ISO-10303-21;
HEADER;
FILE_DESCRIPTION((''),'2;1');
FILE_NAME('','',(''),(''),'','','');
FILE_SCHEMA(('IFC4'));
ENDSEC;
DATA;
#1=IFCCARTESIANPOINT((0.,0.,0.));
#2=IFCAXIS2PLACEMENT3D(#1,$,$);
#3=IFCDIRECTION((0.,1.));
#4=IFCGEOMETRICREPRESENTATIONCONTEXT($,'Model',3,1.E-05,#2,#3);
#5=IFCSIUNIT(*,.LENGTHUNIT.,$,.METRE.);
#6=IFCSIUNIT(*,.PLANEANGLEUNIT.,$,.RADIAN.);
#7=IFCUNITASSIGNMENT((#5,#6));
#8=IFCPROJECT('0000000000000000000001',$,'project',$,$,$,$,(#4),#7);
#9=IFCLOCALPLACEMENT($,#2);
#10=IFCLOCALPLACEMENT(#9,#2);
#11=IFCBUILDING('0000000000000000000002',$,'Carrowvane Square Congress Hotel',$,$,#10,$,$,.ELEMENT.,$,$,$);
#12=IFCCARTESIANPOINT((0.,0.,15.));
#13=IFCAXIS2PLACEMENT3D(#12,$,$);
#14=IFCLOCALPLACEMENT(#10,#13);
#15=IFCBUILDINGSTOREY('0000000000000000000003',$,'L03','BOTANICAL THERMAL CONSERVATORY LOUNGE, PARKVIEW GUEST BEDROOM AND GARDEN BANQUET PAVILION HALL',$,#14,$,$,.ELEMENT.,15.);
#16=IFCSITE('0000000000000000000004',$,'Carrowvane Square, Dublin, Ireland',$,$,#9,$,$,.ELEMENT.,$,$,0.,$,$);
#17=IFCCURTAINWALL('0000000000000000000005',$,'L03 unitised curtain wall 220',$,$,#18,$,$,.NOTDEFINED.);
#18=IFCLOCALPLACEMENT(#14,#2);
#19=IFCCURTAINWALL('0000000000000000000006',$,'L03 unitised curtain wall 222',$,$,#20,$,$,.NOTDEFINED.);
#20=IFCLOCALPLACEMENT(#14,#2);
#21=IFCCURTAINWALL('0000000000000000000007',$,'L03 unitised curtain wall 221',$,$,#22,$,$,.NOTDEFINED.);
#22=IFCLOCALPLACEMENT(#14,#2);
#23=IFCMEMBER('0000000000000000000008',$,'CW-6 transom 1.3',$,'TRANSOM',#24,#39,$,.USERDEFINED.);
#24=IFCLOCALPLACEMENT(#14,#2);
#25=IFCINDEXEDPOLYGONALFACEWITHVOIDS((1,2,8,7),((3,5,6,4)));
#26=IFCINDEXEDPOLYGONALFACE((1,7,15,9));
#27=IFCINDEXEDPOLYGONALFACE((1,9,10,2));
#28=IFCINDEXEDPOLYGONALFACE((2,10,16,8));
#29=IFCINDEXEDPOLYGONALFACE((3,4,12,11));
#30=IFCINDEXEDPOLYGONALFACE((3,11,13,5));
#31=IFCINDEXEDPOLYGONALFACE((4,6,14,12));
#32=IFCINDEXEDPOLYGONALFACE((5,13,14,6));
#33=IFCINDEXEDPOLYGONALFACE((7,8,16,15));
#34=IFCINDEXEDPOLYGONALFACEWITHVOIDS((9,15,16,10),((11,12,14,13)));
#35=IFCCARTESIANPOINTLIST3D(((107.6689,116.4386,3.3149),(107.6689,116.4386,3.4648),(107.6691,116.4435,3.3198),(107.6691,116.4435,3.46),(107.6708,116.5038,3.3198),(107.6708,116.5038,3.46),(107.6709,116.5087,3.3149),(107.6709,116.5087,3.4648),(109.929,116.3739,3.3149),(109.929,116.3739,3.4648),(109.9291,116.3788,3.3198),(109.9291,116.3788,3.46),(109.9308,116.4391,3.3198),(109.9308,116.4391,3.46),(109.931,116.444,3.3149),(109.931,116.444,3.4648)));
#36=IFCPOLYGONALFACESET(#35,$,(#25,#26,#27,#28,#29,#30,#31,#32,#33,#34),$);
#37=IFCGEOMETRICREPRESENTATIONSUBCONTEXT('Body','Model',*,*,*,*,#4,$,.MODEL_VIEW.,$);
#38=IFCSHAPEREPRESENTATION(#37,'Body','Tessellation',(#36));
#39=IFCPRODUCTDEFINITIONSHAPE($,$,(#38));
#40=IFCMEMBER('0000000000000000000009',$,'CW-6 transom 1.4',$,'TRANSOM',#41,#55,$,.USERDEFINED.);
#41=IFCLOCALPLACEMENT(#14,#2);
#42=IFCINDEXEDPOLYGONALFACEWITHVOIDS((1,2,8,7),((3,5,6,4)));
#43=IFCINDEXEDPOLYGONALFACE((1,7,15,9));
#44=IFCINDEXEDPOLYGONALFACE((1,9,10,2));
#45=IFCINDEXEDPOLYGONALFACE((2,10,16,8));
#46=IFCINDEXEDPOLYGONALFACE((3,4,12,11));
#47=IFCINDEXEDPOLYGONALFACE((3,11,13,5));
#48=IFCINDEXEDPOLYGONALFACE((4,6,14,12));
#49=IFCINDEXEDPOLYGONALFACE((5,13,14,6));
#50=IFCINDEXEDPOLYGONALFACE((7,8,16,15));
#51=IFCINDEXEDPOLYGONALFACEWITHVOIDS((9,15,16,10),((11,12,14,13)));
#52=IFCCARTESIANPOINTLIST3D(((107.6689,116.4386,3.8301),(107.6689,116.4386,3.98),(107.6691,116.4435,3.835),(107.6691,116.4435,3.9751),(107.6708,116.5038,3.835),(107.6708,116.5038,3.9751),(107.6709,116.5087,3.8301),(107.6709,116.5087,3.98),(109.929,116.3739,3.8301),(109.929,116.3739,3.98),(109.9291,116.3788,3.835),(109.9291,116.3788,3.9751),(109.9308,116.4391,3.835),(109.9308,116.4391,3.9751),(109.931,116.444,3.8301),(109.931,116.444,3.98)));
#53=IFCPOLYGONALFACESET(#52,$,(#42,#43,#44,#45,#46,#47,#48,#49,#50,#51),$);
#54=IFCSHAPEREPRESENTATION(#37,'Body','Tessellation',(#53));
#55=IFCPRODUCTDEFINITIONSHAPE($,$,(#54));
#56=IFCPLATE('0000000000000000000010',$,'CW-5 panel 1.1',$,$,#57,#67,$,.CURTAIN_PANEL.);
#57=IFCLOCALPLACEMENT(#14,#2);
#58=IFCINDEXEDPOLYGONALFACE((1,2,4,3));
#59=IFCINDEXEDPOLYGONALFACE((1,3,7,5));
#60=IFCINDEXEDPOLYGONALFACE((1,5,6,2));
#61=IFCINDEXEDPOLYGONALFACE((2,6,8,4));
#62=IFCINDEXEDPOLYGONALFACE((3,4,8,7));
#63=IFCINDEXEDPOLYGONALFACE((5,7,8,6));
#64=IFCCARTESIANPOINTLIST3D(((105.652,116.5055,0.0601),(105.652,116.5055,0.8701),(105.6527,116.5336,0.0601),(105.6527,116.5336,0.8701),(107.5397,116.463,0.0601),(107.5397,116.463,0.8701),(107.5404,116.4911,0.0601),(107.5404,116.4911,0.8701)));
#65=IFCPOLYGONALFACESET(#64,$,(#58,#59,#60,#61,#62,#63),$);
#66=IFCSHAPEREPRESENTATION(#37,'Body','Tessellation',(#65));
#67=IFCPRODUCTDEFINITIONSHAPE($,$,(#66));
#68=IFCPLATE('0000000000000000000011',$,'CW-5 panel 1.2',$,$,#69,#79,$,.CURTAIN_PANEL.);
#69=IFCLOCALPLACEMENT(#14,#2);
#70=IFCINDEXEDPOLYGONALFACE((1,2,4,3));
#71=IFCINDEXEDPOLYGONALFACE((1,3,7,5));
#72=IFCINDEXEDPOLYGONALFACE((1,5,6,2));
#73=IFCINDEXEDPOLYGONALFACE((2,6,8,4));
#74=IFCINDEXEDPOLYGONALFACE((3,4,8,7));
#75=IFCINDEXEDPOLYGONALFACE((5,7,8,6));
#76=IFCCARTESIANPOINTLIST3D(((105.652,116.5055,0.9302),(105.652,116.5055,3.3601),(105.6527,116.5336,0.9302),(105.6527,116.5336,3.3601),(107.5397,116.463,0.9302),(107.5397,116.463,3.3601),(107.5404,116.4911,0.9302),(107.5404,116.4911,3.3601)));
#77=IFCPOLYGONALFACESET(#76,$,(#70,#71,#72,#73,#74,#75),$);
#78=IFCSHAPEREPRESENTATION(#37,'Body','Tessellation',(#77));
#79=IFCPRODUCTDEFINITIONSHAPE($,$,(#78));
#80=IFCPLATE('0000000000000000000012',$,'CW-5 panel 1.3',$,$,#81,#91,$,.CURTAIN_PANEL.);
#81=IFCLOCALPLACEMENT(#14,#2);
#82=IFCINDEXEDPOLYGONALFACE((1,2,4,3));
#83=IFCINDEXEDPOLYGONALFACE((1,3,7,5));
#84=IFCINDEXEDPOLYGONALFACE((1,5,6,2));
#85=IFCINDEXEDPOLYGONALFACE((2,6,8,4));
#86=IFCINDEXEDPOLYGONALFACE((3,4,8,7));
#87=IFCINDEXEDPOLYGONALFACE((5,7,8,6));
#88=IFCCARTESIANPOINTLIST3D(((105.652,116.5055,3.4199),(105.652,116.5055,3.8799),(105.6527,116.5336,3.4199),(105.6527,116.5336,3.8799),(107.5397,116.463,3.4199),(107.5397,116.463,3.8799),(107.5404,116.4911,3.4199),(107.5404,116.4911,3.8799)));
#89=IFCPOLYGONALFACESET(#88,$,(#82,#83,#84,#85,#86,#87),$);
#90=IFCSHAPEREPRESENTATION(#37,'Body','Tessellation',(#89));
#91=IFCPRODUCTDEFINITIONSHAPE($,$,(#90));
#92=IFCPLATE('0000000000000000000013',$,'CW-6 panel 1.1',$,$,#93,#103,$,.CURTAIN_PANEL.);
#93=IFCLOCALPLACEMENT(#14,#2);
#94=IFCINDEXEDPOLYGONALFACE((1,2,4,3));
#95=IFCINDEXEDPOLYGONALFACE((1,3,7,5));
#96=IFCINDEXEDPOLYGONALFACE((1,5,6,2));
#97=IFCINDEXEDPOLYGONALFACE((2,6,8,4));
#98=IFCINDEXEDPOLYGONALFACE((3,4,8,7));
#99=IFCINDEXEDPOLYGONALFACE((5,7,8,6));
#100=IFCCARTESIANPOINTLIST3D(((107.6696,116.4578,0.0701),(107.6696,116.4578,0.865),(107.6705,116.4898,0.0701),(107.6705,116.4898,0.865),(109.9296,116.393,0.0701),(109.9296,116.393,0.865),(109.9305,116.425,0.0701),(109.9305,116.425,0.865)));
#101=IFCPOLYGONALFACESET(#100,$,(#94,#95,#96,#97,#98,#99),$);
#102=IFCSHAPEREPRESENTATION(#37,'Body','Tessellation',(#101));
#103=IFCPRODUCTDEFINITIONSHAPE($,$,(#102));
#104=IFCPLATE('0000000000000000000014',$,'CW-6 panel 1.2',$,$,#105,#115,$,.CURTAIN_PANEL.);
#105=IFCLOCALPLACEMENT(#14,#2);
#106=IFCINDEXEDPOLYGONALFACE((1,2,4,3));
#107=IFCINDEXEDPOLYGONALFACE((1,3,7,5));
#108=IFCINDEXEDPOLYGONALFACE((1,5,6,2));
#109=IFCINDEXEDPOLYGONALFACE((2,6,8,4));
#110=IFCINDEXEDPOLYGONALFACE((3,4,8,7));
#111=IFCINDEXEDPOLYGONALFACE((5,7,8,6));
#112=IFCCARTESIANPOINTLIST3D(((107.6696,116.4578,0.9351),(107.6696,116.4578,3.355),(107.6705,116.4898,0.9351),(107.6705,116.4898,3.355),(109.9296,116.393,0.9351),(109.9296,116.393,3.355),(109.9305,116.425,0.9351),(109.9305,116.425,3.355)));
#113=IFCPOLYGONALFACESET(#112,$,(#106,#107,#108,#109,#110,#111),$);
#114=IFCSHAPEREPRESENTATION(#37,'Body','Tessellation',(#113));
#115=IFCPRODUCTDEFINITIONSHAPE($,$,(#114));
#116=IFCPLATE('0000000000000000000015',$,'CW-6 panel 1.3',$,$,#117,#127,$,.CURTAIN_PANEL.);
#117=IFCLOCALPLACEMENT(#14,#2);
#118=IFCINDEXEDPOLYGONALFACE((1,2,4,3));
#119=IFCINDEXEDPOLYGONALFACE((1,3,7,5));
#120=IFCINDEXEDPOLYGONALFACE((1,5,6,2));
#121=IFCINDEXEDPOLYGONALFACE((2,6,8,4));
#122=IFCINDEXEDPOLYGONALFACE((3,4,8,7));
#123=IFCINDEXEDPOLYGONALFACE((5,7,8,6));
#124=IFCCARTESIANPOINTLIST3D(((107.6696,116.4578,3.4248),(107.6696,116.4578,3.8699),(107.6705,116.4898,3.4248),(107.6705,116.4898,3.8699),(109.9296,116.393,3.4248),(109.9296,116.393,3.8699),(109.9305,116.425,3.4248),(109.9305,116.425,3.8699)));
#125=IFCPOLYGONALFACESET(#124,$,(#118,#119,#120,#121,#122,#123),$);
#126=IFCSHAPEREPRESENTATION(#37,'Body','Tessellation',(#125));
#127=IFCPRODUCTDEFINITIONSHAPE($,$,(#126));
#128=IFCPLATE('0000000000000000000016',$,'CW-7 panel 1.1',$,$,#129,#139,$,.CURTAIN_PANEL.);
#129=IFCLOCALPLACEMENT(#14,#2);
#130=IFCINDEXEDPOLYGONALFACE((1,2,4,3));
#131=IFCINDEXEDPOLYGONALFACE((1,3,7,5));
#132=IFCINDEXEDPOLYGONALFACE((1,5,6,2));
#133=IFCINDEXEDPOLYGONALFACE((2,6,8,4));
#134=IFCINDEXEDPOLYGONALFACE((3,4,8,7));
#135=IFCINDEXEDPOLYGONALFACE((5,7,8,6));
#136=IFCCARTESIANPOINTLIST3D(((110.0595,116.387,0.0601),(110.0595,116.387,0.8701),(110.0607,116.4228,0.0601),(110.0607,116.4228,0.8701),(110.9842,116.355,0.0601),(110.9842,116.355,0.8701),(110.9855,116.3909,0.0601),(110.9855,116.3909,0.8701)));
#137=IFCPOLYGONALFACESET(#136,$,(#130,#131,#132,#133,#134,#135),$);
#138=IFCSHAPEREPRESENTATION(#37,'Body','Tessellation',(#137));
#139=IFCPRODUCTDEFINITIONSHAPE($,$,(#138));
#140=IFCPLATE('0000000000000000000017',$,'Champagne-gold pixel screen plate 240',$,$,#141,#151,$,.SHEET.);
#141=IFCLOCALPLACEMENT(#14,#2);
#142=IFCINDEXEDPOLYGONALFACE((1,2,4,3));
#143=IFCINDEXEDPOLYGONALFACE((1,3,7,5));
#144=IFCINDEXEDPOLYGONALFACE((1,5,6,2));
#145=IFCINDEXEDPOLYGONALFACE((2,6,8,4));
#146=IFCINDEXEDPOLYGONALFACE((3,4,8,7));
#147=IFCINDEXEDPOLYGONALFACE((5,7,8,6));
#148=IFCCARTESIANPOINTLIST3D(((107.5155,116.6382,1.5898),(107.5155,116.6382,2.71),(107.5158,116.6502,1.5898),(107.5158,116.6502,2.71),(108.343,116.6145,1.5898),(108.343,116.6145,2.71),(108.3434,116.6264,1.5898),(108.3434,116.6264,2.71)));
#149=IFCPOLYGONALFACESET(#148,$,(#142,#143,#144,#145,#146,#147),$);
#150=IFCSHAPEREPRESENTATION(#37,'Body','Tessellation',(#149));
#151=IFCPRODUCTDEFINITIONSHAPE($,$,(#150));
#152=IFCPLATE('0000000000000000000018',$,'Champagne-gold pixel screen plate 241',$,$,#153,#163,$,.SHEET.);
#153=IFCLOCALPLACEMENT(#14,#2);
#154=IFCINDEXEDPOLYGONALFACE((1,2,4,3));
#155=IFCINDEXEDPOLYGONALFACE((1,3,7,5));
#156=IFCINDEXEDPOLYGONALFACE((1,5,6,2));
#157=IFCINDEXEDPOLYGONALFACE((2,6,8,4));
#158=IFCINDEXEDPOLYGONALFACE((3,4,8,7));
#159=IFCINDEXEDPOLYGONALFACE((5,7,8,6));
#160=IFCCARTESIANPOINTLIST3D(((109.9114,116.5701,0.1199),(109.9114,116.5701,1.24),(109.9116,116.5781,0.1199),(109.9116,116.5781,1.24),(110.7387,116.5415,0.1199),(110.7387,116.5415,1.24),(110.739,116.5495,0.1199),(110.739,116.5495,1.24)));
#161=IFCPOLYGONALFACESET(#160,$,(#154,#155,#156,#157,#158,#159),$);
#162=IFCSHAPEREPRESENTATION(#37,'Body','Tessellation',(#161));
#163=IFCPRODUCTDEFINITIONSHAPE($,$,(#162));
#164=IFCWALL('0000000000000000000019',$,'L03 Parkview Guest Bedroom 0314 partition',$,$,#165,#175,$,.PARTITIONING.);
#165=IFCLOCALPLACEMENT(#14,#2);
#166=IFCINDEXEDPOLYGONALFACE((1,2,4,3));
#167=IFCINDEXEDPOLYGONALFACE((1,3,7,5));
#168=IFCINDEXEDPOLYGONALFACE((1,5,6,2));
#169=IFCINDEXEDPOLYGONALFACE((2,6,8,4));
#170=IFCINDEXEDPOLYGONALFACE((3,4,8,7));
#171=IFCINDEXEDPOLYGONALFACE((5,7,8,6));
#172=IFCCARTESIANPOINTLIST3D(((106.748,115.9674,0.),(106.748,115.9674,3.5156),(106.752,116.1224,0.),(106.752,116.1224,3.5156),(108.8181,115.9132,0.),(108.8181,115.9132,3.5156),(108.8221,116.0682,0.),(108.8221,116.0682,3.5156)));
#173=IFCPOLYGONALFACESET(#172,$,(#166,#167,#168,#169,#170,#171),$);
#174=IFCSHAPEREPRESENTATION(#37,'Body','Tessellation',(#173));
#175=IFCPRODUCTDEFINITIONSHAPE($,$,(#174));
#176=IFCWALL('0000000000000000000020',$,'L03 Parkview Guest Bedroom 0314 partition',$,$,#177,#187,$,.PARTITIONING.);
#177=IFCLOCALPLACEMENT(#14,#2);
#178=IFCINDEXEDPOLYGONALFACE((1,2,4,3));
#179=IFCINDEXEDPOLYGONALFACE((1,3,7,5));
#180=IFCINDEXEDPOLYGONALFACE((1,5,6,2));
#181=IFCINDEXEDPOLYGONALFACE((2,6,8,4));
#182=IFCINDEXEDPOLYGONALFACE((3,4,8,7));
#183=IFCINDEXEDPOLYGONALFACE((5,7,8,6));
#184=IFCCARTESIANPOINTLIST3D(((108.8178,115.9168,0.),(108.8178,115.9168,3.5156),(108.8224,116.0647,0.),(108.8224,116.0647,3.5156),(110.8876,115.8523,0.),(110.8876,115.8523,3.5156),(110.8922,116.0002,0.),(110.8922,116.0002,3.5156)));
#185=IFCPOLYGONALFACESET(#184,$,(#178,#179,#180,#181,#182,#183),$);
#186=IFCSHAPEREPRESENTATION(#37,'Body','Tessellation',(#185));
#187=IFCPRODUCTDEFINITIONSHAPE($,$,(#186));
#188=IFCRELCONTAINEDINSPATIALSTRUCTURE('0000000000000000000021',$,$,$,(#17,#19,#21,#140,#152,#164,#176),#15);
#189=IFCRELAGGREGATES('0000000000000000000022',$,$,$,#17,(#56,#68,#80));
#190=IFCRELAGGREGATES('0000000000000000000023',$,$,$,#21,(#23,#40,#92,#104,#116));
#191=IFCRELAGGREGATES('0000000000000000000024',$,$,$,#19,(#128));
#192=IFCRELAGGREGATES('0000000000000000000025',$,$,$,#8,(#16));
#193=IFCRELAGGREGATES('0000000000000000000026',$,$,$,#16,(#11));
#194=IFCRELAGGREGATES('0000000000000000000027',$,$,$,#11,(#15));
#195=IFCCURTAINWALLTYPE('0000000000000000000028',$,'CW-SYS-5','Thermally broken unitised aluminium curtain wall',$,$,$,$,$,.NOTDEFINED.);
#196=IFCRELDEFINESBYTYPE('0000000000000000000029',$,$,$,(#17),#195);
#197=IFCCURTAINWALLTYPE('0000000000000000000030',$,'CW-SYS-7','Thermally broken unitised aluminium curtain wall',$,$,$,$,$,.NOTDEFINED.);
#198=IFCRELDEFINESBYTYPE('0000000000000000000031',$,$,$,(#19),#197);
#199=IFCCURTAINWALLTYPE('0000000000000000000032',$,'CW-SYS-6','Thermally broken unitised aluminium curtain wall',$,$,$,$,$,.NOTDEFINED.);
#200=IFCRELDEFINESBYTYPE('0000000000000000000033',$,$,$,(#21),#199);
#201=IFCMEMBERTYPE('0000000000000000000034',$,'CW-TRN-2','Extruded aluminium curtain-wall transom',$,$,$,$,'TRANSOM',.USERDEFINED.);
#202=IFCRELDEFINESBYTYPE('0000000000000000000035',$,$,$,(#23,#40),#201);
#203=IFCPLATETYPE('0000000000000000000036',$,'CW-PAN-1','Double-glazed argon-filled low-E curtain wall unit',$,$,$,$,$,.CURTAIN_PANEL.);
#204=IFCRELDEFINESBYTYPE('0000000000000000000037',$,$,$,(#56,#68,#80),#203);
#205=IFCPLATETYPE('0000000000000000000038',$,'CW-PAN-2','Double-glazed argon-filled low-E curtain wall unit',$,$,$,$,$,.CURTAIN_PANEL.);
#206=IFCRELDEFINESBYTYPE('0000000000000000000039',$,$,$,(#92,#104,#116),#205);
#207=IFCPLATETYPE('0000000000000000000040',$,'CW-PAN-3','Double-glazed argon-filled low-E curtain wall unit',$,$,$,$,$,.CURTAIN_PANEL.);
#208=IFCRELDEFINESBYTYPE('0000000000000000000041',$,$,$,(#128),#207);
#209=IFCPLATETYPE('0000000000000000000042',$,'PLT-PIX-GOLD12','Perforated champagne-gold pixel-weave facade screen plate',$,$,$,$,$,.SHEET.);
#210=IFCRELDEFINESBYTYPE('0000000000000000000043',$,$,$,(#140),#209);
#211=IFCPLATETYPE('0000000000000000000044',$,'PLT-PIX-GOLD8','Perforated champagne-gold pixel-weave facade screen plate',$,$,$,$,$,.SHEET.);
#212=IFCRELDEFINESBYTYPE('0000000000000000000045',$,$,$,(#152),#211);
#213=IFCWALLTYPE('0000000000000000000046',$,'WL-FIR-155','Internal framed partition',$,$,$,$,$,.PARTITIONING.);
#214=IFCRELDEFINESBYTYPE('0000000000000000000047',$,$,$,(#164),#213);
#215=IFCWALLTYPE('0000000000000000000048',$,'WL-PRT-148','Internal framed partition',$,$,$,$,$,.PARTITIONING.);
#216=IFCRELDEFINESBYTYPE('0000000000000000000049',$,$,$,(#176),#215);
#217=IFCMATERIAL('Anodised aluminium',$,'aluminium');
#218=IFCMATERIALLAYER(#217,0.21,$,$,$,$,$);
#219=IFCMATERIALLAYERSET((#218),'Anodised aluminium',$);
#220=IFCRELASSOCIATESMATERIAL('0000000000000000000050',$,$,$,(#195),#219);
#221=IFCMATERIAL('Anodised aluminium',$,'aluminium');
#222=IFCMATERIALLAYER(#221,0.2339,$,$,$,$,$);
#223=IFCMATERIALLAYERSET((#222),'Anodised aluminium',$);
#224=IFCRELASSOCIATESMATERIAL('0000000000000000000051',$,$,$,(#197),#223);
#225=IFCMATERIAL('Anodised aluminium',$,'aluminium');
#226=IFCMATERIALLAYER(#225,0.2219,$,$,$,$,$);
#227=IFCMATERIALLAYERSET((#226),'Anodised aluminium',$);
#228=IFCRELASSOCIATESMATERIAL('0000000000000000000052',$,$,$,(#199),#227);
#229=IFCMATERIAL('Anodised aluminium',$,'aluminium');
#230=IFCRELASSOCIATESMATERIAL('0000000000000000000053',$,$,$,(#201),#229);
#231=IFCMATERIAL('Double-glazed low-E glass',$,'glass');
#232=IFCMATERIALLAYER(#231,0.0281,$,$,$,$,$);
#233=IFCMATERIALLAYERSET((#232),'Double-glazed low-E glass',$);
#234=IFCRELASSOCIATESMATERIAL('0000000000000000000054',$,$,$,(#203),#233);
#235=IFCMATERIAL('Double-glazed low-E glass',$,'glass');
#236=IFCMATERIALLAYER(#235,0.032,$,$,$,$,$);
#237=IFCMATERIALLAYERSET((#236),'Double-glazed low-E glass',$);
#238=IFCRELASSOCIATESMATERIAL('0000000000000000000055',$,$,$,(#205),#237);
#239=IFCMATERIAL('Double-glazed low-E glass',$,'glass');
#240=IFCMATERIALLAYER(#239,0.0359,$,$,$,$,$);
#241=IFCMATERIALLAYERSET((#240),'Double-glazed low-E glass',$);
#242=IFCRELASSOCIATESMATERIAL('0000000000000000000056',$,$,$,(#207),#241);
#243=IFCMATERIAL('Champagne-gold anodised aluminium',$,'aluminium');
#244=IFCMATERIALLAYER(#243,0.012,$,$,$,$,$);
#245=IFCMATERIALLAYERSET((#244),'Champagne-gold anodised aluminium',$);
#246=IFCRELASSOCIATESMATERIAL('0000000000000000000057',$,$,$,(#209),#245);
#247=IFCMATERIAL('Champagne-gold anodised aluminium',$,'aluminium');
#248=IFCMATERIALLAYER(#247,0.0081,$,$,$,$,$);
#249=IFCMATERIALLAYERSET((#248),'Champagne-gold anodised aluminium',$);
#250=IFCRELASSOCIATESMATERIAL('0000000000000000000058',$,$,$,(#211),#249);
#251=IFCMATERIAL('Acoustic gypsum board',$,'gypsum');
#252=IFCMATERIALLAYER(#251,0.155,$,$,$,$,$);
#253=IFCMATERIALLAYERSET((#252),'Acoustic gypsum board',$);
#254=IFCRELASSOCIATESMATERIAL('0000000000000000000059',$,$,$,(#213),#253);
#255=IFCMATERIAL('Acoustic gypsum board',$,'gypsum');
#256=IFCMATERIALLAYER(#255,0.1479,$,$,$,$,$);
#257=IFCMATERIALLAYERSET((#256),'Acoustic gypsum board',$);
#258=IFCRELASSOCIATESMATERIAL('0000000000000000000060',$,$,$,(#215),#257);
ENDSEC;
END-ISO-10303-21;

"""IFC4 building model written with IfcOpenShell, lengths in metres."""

from ifc_helpers import new_model, si_unit, direction, frame, frame_2d, origin, origin_2d, place, context, subcontext, project, spatial, rectangle, hollow_rectangle, extrude, material, layer, layer_set, material_profile, profile_set, type_object, element, aggregate, save


model = new_model("IFC4")

# Units and contexts
model_context = context("Model", 3, precision=1e-05, world=origin(), true_north=direction((0.0, 1.0)))
body_context = subcontext(model_context, "Body", "Model", "MODEL_VIEW")
ifc_project = project(units=[si_unit("LENGTHUNIT", "METRE"), si_unit("PLANEANGLEUNIT", "RADIAN")], contexts=[model_context])

# Site, building, storey
site_placement = place(None, origin())
site = spatial("IfcSite", under=ifc_project, at=site_placement, Name="Carrowvane Square, Dublin, Ireland", CompositionType="ELEMENT", RefElevation=0.0)
building_placement = place(site_placement, origin())
building = spatial("IfcBuilding", under=site, at=building_placement, Name="Carrowvane Square Congress Hotel", CompositionType="ELEMENT")
storey_placement = place(building_placement, frame((0.0, 0.0, 15.0)))
storey = spatial("IfcBuildingStorey", under=building, at=storey_placement, Name="L03", Description="BOTANICAL THERMAL CONSERVATORY LOUNGE, PARKVIEW GUEST BEDROOM AND GARDEN BANQUET PAVILION HALL", CompositionType="ELEMENT", Elevation=15.0)

# Curtain walls
ifc_material_1 = material(Name="Anodised aluminium", Category="aluminium")
ifc_layer_1 = layer(ifc_material_1, 0.21)
ifc_layer_set_1 = layer_set([ifc_layer_1], Name="Anodised aluminium")
curtain_wall_type_1 = type_object("IfcCurtainWallType", Name="CW-SYS-5", Description="Thermally broken unitised aluminium curtain wall", PredefinedType="NOTDEFINED", material=ifc_layer_set_1)
curtain_wall_1_placement = place(storey_placement, origin())
curtain_wall_1 = element("IfcCurtainWall", 1, at=curtain_wall_1_placement, inside=storey, type_object=curtain_wall_type_1, Name="L03 unitised curtain wall 220", PredefinedType="NOTDEFINED")
ifc_material_2 = material(Name="Anodised aluminium", Category="aluminium")
ifc_layer_2 = layer(ifc_material_2, 0.2339)
ifc_layer_set_2 = layer_set([ifc_layer_2], Name="Anodised aluminium")
curtain_wall_type_2 = type_object("IfcCurtainWallType", Name="CW-SYS-7", Description="Thermally broken unitised aluminium curtain wall", PredefinedType="NOTDEFINED", material=ifc_layer_set_2)
curtain_wall_2_placement = place(storey_placement, origin())
curtain_wall_2 = element("IfcCurtainWall", 2, at=curtain_wall_2_placement, inside=storey, type_object=curtain_wall_type_2, Name="L03 unitised curtain wall 222", PredefinedType="NOTDEFINED")

# Curtain wall
ifc_material_3 = material(Name="Anodised aluminium", Category="aluminium")
ifc_layer_3 = layer(ifc_material_3, 0.2219)
ifc_layer_set_3 = layer_set([ifc_layer_3], Name="Anodised aluminium")
curtain_wall_type_3 = type_object("IfcCurtainWallType", Name="CW-SYS-6", Description="Thermally broken unitised aluminium curtain wall", PredefinedType="NOTDEFINED", material=ifc_layer_set_3)
curtain_wall_3_placement = place(storey_placement, origin())
curtain_wall_3 = element("IfcCurtainWall", 3, at=curtain_wall_3_placement, inside=storey, type_object=curtain_wall_type_3, Name="L03 unitised curtain wall 221", PredefinedType="NOTDEFINED")

# Members
ifc_material_4 = material(Name="Anodised aluminium", Category="aluminium")
ifc_material_profile_1 = material_profile(ifc_material_4, hollow_rectangle(XDim=0.0701, YDim=0.1499, WallThickness=0.0049, at=origin_2d()), Name="CW-TR 70x150x5")
ifc_profile_set_1 = profile_set([ifc_material_profile_1], Name="Anodised aluminium")
member_type_1 = type_object("IfcMemberType", Name="CW-TRN-2", Description="Extruded aluminium curtain-wall transom", ElementType="TRANSOM", PredefinedType="USERDEFINED", material=ifc_profile_set_1)
member_1_placement = place(storey_placement, frame((107.6699, 116.4736, 3.3899), z_axis=(0.99959, -0.028615, 0.0), x_axis=(0.028615, 0.99959, 0.0)))
member_1 = element("IfcMember", 4, at=member_1_placement, type_object=member_type_1, Name="CW-6 transom 1.3", ObjectType="TRANSOM", PredefinedType="USERDEFINED", context=body_context, shape_type="SweptSolid", body=[
    extrude(hollow_rectangle(XDim=0.0701, YDim=0.1499, WallThickness=0.0049, at=origin_2d()), origin(), (0.0, 0.0, 1.0), 2.261),
])
member_2_placement = place(storey_placement, frame((107.6699, 116.4736, 3.905), z_axis=(0.99959, -0.028615, 0.0), x_axis=(0.028615, 0.99959, 0.0)))
member_2 = element("IfcMember", 5, at=member_2_placement, type_object=member_type_1, Name="CW-6 transom 1.4", ObjectType="TRANSOM", PredefinedType="USERDEFINED", context=body_context, shape_type="SweptSolid", body=[
    extrude(hollow_rectangle(XDim=0.0701, YDim=0.1499, WallThickness=0.0049, at=origin_2d()), origin(), (0.0, 0.0, 1.0), 2.261),
])

# Plates
ifc_material_5 = material(Name="Double-glazed low-E glass", Category="glass")
ifc_layer_4 = layer(ifc_material_5, 0.0281)
ifc_layer_set_4 = layer_set([ifc_layer_4], Name="Double-glazed low-E glass")
plate_type_1 = type_object("IfcPlateType", Name="CW-PAN-1", Description="Double-glazed argon-filled low-E curtain wall unit", PredefinedType="CURTAIN_PANEL", material=ifc_layer_set_4)
plate_1_placement = place(storey_placement, frame((106.5962, 116.4983, 0.0601), z_axis=(0.0, 0.0, 1.0), x_axis=(0.999746, -0.022518, 0.0)))
plate_1 = element("IfcPlate", 6, at=plate_1_placement, type_object=plate_type_1, Name="CW-5 panel 1.1", PredefinedType="CURTAIN_PANEL", context=body_context, shape_type="SweptSolid", body=[
    extrude(rectangle(XDim=1.8882, YDim=0.0281, at=origin_2d()), origin(), (0.0, 0.0, 1.0), 0.8101),
])
plate_2_placement = place(storey_placement, frame((106.5962, 116.4983, 0.9302), z_axis=(0.0, 0.0, 1.0), x_axis=(0.999746, -0.022518, 0.0)))
plate_2 = element("IfcPlate", 7, at=plate_2_placement, type_object=plate_type_1, Name="CW-5 panel 1.2", PredefinedType="CURTAIN_PANEL", context=body_context, shape_type="SweptSolid", body=[
    extrude(rectangle(XDim=1.8882, YDim=0.0281, at=origin_2d()), origin(), (0.0, 0.0, 1.0), 2.4299),
])
plate_3_placement = place(storey_placement, frame((106.5962, 116.4983, 3.4199), z_axis=(0.0, 0.0, 1.0), x_axis=(0.999746, -0.022518, 0.0)))
plate_3 = element("IfcPlate", 8, at=plate_3_placement, type_object=plate_type_1, Name="CW-5 panel 1.3", PredefinedType="CURTAIN_PANEL", context=body_context, shape_type="SweptSolid", body=[
    extrude(rectangle(XDim=1.8882, YDim=0.0281, at=origin_2d()), origin(), (0.0, 0.0, 1.0), 0.46),
])
aggregate(curtain_wall_1, [plate_1, plate_2, plate_3])
ifc_material_6 = material(Name="Double-glazed low-E glass", Category="glass")
ifc_layer_5 = layer(ifc_material_6, 0.032)
ifc_layer_set_5 = layer_set([ifc_layer_5], Name="Double-glazed low-E glass")
plate_type_2 = type_object("IfcPlateType", Name="CW-PAN-2", Description="Double-glazed argon-filled low-E curtain wall unit", PredefinedType="CURTAIN_PANEL", material=ifc_layer_set_5)
plate_4_placement = place(storey_placement, frame((108.8, 116.4414, 0.0701), z_axis=(0.0, 0.0, 1.0), x_axis=(0.99959, -0.028638, 0.0)))
plate_4 = element("IfcPlate", 9, at=plate_4_placement, type_object=plate_type_2, Name="CW-6 panel 1.1", PredefinedType="CURTAIN_PANEL", context=body_context, shape_type="SweptSolid", body=[
    extrude(rectangle(XDim=2.261, YDim=0.032, at=origin_2d()), origin(), (0.0, 0.0, 1.0), 0.7949),
])
plate_5_placement = place(storey_placement, frame((108.8, 116.4414, 0.9351), z_axis=(0.0, 0.0, 1.0), x_axis=(0.99959, -0.028638, 0.0)))
plate_5 = element("IfcPlate", 10, at=plate_5_placement, type_object=plate_type_2, Name="CW-6 panel 1.2", PredefinedType="CURTAIN_PANEL", context=body_context, shape_type="SweptSolid", body=[
    extrude(rectangle(XDim=2.261, YDim=0.032, at=origin_2d()), origin(), (0.0, 0.0, 1.0), 2.4199),
])
plate_6_placement = place(storey_placement, frame((108.8, 116.4414, 3.4248), z_axis=(0.0, 0.0, 1.0), x_axis=(0.99959, -0.028638, 0.0)))
plate_6 = element("IfcPlate", 11, at=plate_6_placement, type_object=plate_type_2, Name="CW-6 panel 1.3", PredefinedType="CURTAIN_PANEL", context=body_context, shape_type="SweptSolid", body=[
    extrude(rectangle(XDim=2.261, YDim=0.032, at=origin_2d()), origin(), (0.0, 0.0, 1.0), 0.4451),
])
aggregate(curtain_wall_3, [member_1, member_2, plate_4, plate_5, plate_6])
ifc_material_7 = material(Name="Double-glazed low-E glass", Category="glass")
ifc_layer_6 = layer(ifc_material_7, 0.0359)
ifc_layer_set_6 = layer_set([ifc_layer_6], Name="Double-glazed low-E glass")
plate_type_3 = type_object("IfcPlateType", Name="CW-PAN-3", Description="Double-glazed argon-filled low-E curtain wall unit", PredefinedType="CURTAIN_PANEL", material=ifc_layer_set_6)
plate_7_placement = place(storey_placement, frame((110.5225, 116.3889, 0.0601), z_axis=(0.0, 0.0, 1.0), x_axis=(0.999404, -0.03453, 0.0)))
plate_7 = element("IfcPlate", 12, at=plate_7_placement, type_object=plate_type_3, Name="CW-7 panel 1.1", PredefinedType="CURTAIN_PANEL", context=body_context, shape_type="SweptSolid", body=[
    extrude(rectangle(XDim=0.9253, YDim=0.0359, at=origin_2d()), origin(), (0.0, 0.0, 1.0), 0.8101),
])
aggregate(curtain_wall_2, [plate_7])

# Plates
ifc_material_8 = material(Name="Champagne-gold anodised aluminium", Category="aluminium")
ifc_layer_7 = layer(ifc_material_8, 0.012)
ifc_layer_set_7 = layer_set([ifc_layer_7], Name="Champagne-gold anodised aluminium")
plate_type_4 = type_object("IfcPlateType", Name="PLT-PIX-GOLD12", Description="Perforated champagne-gold pixel-weave facade screen plate", PredefinedType="SHEET", material=ifc_layer_set_7)
plate_8_placement = place(storey_placement, frame((107.9294, 116.6323, 1.5898), z_axis=(0.0, 0.0, 1.0), x_axis=(0.99959, -0.028639, 0.0)))
element("IfcPlate", 13, at=plate_8_placement, inside=storey, type_object=plate_type_4, Name="Champagne-gold pixel screen plate 240", PredefinedType="SHEET", context=body_context, shape_type="SweptSolid", body=[
    extrude(rectangle(XDim=0.8279, YDim=0.012, at=origin_2d()), origin(), (0.0, 0.0, 1.0), 1.1201),
])
ifc_material_9 = material(Name="Champagne-gold anodised aluminium", Category="aluminium")
ifc_layer_8 = layer(ifc_material_9, 0.0081)
ifc_layer_set_8 = layer_set([ifc_layer_8], Name="Champagne-gold anodised aluminium")
plate_type_5 = type_object("IfcPlateType", Name="PLT-PIX-GOLD8", Description="Perforated champagne-gold pixel-weave facade screen plate", PredefinedType="SHEET", material=ifc_layer_set_8)
plate_9_placement = place(storey_placement, frame((110.3252, 116.5598, 0.1199), z_axis=(0.0, 0.0, 1.0), x_axis=(0.999404, -0.034527, 0.0)))
element("IfcPlate", 14, at=plate_9_placement, inside=storey, type_object=plate_type_5, Name="Champagne-gold pixel screen plate 241", PredefinedType="SHEET", context=body_context, shape_type="SweptSolid", body=[
    extrude(rectangle(XDim=0.8279, YDim=0.0081, at=origin_2d()), origin(), (0.0, 0.0, 1.0), 1.1201),
])

# Walls
ifc_material_10 = material(Name="Acoustic gypsum board", Category="gypsum")
ifc_layer_9 = layer(ifc_material_10, 0.155)
ifc_layer_set_9 = layer_set([ifc_layer_9], Name="Acoustic gypsum board")
wall_type_1 = type_object("IfcWallType", Name="WL-FIR-155", Description="Internal framed partition", PredefinedType="PARTITIONING", material=ifc_layer_set_9)
wall_1_placement = place(storey_placement, frame((106.75, 116.0449, 0.0), z_axis=(0.0, 0.0, 1.0), x_axis=(0.999657, -0.026173, 0.0)))
element("IfcWall", 15, at=wall_1_placement, inside=storey, type_object=wall_type_1, Name="L03 Parkview Guest Bedroom 0314 partition", PredefinedType="PARTITIONING", context=body_context, shape_type="SweptSolid", body=[
    extrude(rectangle(XDim=2.0708, YDim=0.155, at=frame_2d((1.0354, 0.0))), origin(), (0.0, 0.0, 1.0), 3.5156),
])
ifc_material_11 = material(Name="Acoustic gypsum board", Category="gypsum")
ifc_layer_10 = layer(ifc_material_11, 0.1479)
ifc_layer_set_10 = layer_set([ifc_layer_10], Name="Acoustic gypsum board")
wall_type_2 = type_object("IfcWallType", Name="WL-PRT-148", Description="Internal framed partition", PredefinedType="PARTITIONING", material=ifc_layer_set_10)
wall_2_placement = place(storey_placement, frame((108.8201, 115.9907, 0.0), z_axis=(0.0, 0.0, 1.0), x_axis=(0.999516, -0.031124, 0.0)))
element("IfcWall", 16, at=wall_2_placement, inside=storey, type_object=wall_type_2, Name="L03 Parkview Guest Bedroom 0314 partition", PredefinedType="PARTITIONING", context=body_context, shape_type="SweptSolid", body=[
    extrude(rectangle(XDim=2.0708, YDim=0.1479, at=frame_2d((1.0354, 0.0))), origin(), (0.0, 0.0, 1.0), 3.5156),
])

save(model, "model.ifc")
